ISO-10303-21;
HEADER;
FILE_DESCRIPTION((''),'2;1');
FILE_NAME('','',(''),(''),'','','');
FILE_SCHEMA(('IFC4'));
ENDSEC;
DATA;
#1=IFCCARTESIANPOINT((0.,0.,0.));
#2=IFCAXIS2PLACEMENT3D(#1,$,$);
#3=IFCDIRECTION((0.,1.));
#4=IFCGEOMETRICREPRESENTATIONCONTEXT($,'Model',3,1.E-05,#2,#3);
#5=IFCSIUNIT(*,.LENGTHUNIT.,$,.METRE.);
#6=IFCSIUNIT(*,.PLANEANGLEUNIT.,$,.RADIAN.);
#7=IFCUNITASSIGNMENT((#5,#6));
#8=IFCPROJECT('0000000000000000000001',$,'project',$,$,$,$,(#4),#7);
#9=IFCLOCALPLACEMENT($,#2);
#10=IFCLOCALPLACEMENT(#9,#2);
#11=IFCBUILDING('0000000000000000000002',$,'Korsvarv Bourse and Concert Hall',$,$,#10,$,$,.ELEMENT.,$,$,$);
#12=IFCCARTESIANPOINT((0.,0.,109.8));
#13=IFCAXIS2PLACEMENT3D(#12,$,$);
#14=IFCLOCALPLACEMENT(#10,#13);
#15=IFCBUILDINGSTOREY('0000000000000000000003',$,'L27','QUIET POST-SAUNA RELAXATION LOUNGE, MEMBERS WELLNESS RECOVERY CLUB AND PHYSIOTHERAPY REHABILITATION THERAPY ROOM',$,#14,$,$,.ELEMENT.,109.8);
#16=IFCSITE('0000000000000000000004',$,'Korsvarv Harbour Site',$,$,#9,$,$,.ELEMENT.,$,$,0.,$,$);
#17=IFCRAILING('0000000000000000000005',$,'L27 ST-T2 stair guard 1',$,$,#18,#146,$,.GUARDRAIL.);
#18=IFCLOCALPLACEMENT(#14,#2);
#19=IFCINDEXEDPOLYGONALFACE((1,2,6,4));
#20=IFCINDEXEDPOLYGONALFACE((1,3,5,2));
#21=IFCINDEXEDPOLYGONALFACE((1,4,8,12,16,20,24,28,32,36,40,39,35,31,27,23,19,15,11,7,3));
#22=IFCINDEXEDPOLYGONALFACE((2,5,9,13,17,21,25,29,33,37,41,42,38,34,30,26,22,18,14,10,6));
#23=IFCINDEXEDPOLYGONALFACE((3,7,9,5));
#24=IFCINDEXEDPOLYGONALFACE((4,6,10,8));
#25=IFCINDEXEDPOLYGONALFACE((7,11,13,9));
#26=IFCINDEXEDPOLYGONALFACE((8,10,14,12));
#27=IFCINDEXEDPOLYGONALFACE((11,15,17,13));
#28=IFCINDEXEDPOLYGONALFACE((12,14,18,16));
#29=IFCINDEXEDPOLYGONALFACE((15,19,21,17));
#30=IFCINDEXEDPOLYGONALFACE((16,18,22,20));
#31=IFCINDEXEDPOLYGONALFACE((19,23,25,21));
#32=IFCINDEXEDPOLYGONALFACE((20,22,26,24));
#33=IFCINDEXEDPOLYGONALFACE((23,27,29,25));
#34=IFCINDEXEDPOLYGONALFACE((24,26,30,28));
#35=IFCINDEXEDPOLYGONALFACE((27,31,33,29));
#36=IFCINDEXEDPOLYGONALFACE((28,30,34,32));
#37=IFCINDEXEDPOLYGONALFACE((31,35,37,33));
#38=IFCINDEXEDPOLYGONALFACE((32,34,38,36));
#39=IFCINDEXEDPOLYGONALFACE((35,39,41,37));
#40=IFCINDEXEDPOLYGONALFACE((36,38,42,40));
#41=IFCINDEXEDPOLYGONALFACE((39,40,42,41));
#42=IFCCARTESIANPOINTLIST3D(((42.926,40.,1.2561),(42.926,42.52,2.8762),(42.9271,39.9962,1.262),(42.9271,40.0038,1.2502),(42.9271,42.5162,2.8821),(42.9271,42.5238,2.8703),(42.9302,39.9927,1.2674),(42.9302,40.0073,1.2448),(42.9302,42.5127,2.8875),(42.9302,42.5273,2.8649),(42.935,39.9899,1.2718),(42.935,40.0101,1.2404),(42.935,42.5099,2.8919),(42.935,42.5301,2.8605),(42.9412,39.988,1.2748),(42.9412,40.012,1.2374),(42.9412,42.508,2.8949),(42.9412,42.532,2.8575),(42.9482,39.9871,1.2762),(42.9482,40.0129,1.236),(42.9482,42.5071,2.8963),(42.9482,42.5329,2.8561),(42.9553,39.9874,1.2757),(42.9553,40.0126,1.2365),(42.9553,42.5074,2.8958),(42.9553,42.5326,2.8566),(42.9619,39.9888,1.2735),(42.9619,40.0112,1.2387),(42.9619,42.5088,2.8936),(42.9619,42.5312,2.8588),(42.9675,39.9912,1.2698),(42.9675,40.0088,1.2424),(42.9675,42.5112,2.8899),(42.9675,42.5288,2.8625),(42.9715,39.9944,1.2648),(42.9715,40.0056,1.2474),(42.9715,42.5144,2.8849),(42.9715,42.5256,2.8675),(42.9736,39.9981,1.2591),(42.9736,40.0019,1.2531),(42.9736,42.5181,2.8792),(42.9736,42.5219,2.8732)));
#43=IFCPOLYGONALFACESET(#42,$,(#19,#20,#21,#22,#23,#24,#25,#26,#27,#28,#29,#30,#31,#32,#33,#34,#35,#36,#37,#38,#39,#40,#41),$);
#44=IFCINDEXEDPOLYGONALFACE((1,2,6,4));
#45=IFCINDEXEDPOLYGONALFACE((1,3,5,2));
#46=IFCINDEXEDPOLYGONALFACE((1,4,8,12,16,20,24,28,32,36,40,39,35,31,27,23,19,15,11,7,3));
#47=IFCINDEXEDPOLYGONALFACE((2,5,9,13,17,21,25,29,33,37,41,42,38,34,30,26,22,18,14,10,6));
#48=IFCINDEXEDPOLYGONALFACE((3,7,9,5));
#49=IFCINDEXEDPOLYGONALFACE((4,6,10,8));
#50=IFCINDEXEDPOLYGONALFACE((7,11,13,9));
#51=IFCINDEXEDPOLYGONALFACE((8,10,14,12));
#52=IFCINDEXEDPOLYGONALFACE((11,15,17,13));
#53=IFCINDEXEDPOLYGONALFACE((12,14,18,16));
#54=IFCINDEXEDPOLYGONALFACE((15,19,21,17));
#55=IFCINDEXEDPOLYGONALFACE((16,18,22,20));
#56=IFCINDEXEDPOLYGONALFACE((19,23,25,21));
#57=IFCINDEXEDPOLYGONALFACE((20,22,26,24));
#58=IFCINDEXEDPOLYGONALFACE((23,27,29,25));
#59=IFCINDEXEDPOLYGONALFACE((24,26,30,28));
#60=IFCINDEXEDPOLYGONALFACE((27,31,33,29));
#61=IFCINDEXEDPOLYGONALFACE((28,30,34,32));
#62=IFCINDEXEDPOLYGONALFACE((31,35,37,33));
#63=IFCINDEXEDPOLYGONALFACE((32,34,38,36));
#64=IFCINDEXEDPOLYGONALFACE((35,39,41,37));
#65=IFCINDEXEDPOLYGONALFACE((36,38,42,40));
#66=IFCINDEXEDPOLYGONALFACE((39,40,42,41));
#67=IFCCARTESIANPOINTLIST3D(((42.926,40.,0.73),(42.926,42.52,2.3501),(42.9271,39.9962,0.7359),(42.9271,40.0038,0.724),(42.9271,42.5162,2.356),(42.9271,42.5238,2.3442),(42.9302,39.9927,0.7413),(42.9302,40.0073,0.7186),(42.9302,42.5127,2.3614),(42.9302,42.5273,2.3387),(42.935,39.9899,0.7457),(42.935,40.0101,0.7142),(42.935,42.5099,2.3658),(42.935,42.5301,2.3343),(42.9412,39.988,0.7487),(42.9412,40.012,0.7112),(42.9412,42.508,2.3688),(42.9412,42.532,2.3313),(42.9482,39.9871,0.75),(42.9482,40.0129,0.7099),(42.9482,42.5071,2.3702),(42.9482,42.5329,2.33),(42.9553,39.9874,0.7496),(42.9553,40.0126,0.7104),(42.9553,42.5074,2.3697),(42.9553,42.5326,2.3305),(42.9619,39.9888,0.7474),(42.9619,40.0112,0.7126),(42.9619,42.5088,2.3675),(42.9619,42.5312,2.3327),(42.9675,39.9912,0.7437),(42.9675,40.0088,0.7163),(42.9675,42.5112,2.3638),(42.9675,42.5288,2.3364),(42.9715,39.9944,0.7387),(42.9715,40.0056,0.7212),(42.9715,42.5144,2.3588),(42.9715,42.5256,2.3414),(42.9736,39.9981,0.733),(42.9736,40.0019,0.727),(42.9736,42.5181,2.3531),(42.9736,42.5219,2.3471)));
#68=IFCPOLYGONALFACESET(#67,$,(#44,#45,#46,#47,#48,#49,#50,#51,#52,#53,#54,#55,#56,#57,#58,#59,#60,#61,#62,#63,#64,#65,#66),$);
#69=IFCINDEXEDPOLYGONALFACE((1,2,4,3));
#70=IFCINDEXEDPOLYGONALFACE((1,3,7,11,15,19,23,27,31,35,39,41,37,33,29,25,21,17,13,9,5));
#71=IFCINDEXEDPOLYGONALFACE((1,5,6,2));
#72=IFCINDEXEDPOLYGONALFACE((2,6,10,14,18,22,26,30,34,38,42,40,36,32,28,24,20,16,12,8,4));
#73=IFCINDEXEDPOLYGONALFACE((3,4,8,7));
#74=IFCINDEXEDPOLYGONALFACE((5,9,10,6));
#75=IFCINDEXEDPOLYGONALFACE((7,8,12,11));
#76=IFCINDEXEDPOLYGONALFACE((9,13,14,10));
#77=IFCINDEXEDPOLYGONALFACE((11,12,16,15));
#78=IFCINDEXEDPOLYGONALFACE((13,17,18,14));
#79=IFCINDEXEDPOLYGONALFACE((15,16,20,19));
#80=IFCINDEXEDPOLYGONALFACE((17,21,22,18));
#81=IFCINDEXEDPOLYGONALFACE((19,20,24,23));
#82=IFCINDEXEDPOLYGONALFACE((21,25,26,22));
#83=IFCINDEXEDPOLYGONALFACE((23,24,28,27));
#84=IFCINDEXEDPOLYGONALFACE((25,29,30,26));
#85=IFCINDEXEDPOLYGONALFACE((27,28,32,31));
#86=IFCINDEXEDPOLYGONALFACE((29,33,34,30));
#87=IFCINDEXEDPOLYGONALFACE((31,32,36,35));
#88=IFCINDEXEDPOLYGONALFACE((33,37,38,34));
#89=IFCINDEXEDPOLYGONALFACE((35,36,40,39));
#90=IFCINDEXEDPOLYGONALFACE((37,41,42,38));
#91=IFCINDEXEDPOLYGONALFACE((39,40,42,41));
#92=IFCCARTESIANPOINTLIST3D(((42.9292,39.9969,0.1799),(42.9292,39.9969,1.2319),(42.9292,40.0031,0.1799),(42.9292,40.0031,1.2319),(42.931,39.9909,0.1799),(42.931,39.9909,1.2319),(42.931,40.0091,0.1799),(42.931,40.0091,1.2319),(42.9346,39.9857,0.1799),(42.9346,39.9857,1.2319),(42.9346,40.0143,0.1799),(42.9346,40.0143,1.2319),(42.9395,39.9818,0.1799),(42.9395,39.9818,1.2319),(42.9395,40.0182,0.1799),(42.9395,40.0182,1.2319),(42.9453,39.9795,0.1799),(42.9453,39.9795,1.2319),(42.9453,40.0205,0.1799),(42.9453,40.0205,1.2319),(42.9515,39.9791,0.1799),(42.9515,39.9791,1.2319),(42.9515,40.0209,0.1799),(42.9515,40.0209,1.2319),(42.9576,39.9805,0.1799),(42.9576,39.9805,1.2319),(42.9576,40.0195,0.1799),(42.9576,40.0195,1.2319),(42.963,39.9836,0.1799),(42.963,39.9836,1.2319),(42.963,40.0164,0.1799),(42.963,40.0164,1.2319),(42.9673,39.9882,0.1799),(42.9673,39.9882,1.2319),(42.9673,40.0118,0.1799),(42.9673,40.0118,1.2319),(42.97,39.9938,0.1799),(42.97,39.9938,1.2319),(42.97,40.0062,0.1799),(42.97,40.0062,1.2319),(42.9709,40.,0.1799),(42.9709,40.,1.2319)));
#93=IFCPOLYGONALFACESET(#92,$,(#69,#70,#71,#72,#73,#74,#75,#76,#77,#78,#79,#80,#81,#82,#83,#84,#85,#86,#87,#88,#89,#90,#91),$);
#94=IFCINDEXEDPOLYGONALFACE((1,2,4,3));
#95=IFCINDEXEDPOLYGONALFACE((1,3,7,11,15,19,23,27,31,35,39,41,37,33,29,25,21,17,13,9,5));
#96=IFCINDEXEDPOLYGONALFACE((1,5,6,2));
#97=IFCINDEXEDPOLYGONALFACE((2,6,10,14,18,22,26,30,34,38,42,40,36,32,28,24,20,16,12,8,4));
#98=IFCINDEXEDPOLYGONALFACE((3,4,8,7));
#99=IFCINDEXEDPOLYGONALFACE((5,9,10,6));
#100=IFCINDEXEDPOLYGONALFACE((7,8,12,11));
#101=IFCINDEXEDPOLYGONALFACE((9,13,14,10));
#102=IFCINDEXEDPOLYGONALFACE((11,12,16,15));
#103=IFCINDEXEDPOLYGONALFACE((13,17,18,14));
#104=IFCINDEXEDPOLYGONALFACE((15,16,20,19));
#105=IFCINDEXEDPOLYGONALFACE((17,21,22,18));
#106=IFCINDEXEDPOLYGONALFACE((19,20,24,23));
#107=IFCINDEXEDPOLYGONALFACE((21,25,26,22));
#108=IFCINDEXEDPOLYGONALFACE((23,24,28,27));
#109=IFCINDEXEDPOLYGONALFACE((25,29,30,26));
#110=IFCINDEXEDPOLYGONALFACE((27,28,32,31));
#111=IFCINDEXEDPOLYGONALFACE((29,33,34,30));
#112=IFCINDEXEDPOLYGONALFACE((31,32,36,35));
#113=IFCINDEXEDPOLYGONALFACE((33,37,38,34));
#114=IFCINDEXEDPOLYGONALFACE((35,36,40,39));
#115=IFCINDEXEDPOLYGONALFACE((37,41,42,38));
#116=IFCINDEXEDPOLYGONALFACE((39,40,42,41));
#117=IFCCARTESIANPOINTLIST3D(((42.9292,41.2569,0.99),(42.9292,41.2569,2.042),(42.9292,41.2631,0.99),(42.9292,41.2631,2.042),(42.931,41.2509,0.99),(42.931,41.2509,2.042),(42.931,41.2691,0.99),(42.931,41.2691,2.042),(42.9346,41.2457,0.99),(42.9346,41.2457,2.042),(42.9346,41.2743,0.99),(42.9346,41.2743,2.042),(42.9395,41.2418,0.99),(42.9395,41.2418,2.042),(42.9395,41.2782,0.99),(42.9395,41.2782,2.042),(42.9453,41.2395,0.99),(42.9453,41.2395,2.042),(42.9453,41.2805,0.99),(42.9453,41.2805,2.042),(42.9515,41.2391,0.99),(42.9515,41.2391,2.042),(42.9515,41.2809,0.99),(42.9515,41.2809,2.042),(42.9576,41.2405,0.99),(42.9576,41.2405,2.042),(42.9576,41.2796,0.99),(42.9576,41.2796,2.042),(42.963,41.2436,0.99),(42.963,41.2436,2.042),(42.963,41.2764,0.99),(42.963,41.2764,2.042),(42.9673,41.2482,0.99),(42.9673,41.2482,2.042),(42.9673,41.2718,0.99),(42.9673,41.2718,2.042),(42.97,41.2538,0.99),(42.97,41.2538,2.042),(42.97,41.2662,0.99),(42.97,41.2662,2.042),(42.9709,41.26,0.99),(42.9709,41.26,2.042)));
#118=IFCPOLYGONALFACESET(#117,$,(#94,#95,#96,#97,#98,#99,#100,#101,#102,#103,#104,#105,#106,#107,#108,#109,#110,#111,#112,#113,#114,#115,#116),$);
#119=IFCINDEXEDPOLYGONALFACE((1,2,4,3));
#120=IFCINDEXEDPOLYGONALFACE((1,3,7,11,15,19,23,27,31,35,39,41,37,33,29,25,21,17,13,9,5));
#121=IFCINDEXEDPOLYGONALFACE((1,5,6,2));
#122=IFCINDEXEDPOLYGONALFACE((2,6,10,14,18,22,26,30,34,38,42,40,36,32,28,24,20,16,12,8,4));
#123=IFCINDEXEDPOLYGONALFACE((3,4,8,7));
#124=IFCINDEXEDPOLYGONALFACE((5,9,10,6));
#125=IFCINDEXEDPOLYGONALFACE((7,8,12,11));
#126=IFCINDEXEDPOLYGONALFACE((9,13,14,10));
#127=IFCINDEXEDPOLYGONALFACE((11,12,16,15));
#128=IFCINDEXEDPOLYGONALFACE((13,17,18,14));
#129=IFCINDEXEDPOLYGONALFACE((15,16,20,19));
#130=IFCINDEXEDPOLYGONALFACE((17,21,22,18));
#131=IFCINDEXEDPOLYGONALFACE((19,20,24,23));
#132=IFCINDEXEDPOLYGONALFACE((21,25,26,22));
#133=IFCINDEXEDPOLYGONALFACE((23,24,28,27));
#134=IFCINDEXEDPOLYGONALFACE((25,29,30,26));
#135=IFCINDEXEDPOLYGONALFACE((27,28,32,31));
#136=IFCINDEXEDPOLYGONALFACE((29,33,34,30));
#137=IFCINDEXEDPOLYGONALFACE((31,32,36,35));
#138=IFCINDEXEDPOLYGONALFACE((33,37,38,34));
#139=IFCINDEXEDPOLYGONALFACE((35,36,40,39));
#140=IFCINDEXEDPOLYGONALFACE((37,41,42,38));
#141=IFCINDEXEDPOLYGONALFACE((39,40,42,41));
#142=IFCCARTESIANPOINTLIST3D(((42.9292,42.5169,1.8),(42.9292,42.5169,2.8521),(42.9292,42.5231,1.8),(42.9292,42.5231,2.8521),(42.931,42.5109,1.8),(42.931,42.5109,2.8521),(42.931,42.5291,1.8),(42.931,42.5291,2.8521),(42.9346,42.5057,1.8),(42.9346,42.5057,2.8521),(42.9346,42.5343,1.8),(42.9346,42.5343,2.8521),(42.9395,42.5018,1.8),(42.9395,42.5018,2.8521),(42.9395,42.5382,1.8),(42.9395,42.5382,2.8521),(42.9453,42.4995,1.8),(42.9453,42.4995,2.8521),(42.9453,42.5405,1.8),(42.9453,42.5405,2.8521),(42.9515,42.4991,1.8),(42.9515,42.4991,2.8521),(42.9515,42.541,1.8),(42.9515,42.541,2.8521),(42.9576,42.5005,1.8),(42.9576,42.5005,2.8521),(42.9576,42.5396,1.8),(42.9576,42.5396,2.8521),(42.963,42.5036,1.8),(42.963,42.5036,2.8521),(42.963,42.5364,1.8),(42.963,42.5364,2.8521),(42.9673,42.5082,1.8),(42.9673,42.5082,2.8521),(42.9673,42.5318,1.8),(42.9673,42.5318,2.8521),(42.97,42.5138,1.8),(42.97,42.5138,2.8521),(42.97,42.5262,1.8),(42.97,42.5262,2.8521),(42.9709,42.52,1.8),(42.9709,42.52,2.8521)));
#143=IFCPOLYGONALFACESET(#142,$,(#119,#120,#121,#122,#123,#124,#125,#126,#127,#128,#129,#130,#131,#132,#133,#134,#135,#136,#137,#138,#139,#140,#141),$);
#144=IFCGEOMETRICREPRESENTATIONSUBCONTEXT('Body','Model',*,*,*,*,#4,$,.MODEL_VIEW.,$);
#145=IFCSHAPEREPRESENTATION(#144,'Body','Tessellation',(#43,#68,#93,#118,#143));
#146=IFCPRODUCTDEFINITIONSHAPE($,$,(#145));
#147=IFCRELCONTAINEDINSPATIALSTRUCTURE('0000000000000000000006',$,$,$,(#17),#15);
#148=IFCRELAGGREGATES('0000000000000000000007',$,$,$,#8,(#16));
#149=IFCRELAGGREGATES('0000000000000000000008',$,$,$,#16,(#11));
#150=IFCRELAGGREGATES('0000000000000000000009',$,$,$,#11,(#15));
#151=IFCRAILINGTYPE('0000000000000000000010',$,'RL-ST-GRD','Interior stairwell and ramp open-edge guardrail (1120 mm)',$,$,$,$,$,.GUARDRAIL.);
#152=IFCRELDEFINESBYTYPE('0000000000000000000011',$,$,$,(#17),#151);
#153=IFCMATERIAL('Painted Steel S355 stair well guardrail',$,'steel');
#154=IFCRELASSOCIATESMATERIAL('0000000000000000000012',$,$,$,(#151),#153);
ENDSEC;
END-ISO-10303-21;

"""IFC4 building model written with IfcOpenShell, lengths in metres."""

from ifc_helpers import new_model, si_unit, direction, frame, origin, origin_2d, place, context, subcontext, project, spatial, circle, extrude, material, type_object, element, save


model = new_model("IFC4")

# Units and contexts
model_context = context("Model", 3, precision=1e-05, world=origin(), true_north=direction((0.0, 1.0)))
body_context = subcontext(model_context, "Body", "Model", "MODEL_VIEW")
ifc_project = project(units=[si_unit("LENGTHUNIT", "METRE"), si_unit("PLANEANGLEUNIT", "RADIAN")], contexts=[model_context])

# Site, building, storey
site_placement = place(None, origin())
site = spatial("IfcSite", under=ifc_project, at=site_placement, Name="Korsvarv Harbour Site", CompositionType="ELEMENT", RefElevation=0.0)
building_placement = place(site_placement, origin())
building = spatial("IfcBuilding", under=site, at=building_placement, Name="Korsvarv Bourse and Concert Hall", CompositionType="ELEMENT")
storey_placement = place(building_placement, frame((0.0, 0.0, 109.8)))
storey = spatial("IfcBuildingStorey", under=building, at=storey_placement, Name="L27", Description="QUIET POST-SAUNA RELAXATION LOUNGE, MEMBERS WELLNESS RECOVERY CLUB AND PHYSIOTHERAPY REHABILITATION THERAPY ROOM", CompositionType="ELEMENT", Elevation=109.8)

# Railing
ifc_material_1 = material(Name="Painted Steel S355 stair well guardrail", Category="steel")
railing_type_1 = type_object("IfcRailingType", Name="RL-ST-GRD", Description="Interior stairwell and ramp open-edge guardrail (1120 mm)", PredefinedType="GUARDRAIL", material=ifc_material_1)
railing_1_placement = place(storey_placement, frame((42.95, 40.0, 0.1799)))
element("IfcRailing", 1, at=railing_1_placement, inside=storey, type_object=railing_type_1, Name="L27 ST-T2 stair guard 1", PredefinedType="GUARDRAIL", context=body_context, shape_type="SweptSolid", body=[
    extrude(circle(Radius=0.0239, at=origin_2d()), frame((0.0, 0.0, 1.0762), z_axis=(0.0, 0.841163, 0.540782), x_axis=(-1.0, 0.0, 0.0)), (0.0, 0.0, 1.0), 2.9958),
    extrude(circle(Radius=0.0239, at=origin_2d()), frame((0.0, 0.0, 0.55), z_axis=(0.0, 0.841163, 0.540782), x_axis=(-1.0, 0.0, 0.0)), (0.0, 0.0, 1.0), 2.9958),
    extrude(circle(Radius=0.021, at=origin_2d()), origin(), (0.0, 0.0, 1.0), 1.052),
    extrude(circle(Radius=0.021, at=origin_2d()), frame((0.0, 1.26, 0.8101)), (0.0, 0.0, 1.0), 1.052),
    extrude(circle(Radius=0.021, at=origin_2d()), frame((0.0, 2.52, 1.6201)), (0.0, 0.0, 1.0), 1.052),
])

save(model, "model.ifc")
